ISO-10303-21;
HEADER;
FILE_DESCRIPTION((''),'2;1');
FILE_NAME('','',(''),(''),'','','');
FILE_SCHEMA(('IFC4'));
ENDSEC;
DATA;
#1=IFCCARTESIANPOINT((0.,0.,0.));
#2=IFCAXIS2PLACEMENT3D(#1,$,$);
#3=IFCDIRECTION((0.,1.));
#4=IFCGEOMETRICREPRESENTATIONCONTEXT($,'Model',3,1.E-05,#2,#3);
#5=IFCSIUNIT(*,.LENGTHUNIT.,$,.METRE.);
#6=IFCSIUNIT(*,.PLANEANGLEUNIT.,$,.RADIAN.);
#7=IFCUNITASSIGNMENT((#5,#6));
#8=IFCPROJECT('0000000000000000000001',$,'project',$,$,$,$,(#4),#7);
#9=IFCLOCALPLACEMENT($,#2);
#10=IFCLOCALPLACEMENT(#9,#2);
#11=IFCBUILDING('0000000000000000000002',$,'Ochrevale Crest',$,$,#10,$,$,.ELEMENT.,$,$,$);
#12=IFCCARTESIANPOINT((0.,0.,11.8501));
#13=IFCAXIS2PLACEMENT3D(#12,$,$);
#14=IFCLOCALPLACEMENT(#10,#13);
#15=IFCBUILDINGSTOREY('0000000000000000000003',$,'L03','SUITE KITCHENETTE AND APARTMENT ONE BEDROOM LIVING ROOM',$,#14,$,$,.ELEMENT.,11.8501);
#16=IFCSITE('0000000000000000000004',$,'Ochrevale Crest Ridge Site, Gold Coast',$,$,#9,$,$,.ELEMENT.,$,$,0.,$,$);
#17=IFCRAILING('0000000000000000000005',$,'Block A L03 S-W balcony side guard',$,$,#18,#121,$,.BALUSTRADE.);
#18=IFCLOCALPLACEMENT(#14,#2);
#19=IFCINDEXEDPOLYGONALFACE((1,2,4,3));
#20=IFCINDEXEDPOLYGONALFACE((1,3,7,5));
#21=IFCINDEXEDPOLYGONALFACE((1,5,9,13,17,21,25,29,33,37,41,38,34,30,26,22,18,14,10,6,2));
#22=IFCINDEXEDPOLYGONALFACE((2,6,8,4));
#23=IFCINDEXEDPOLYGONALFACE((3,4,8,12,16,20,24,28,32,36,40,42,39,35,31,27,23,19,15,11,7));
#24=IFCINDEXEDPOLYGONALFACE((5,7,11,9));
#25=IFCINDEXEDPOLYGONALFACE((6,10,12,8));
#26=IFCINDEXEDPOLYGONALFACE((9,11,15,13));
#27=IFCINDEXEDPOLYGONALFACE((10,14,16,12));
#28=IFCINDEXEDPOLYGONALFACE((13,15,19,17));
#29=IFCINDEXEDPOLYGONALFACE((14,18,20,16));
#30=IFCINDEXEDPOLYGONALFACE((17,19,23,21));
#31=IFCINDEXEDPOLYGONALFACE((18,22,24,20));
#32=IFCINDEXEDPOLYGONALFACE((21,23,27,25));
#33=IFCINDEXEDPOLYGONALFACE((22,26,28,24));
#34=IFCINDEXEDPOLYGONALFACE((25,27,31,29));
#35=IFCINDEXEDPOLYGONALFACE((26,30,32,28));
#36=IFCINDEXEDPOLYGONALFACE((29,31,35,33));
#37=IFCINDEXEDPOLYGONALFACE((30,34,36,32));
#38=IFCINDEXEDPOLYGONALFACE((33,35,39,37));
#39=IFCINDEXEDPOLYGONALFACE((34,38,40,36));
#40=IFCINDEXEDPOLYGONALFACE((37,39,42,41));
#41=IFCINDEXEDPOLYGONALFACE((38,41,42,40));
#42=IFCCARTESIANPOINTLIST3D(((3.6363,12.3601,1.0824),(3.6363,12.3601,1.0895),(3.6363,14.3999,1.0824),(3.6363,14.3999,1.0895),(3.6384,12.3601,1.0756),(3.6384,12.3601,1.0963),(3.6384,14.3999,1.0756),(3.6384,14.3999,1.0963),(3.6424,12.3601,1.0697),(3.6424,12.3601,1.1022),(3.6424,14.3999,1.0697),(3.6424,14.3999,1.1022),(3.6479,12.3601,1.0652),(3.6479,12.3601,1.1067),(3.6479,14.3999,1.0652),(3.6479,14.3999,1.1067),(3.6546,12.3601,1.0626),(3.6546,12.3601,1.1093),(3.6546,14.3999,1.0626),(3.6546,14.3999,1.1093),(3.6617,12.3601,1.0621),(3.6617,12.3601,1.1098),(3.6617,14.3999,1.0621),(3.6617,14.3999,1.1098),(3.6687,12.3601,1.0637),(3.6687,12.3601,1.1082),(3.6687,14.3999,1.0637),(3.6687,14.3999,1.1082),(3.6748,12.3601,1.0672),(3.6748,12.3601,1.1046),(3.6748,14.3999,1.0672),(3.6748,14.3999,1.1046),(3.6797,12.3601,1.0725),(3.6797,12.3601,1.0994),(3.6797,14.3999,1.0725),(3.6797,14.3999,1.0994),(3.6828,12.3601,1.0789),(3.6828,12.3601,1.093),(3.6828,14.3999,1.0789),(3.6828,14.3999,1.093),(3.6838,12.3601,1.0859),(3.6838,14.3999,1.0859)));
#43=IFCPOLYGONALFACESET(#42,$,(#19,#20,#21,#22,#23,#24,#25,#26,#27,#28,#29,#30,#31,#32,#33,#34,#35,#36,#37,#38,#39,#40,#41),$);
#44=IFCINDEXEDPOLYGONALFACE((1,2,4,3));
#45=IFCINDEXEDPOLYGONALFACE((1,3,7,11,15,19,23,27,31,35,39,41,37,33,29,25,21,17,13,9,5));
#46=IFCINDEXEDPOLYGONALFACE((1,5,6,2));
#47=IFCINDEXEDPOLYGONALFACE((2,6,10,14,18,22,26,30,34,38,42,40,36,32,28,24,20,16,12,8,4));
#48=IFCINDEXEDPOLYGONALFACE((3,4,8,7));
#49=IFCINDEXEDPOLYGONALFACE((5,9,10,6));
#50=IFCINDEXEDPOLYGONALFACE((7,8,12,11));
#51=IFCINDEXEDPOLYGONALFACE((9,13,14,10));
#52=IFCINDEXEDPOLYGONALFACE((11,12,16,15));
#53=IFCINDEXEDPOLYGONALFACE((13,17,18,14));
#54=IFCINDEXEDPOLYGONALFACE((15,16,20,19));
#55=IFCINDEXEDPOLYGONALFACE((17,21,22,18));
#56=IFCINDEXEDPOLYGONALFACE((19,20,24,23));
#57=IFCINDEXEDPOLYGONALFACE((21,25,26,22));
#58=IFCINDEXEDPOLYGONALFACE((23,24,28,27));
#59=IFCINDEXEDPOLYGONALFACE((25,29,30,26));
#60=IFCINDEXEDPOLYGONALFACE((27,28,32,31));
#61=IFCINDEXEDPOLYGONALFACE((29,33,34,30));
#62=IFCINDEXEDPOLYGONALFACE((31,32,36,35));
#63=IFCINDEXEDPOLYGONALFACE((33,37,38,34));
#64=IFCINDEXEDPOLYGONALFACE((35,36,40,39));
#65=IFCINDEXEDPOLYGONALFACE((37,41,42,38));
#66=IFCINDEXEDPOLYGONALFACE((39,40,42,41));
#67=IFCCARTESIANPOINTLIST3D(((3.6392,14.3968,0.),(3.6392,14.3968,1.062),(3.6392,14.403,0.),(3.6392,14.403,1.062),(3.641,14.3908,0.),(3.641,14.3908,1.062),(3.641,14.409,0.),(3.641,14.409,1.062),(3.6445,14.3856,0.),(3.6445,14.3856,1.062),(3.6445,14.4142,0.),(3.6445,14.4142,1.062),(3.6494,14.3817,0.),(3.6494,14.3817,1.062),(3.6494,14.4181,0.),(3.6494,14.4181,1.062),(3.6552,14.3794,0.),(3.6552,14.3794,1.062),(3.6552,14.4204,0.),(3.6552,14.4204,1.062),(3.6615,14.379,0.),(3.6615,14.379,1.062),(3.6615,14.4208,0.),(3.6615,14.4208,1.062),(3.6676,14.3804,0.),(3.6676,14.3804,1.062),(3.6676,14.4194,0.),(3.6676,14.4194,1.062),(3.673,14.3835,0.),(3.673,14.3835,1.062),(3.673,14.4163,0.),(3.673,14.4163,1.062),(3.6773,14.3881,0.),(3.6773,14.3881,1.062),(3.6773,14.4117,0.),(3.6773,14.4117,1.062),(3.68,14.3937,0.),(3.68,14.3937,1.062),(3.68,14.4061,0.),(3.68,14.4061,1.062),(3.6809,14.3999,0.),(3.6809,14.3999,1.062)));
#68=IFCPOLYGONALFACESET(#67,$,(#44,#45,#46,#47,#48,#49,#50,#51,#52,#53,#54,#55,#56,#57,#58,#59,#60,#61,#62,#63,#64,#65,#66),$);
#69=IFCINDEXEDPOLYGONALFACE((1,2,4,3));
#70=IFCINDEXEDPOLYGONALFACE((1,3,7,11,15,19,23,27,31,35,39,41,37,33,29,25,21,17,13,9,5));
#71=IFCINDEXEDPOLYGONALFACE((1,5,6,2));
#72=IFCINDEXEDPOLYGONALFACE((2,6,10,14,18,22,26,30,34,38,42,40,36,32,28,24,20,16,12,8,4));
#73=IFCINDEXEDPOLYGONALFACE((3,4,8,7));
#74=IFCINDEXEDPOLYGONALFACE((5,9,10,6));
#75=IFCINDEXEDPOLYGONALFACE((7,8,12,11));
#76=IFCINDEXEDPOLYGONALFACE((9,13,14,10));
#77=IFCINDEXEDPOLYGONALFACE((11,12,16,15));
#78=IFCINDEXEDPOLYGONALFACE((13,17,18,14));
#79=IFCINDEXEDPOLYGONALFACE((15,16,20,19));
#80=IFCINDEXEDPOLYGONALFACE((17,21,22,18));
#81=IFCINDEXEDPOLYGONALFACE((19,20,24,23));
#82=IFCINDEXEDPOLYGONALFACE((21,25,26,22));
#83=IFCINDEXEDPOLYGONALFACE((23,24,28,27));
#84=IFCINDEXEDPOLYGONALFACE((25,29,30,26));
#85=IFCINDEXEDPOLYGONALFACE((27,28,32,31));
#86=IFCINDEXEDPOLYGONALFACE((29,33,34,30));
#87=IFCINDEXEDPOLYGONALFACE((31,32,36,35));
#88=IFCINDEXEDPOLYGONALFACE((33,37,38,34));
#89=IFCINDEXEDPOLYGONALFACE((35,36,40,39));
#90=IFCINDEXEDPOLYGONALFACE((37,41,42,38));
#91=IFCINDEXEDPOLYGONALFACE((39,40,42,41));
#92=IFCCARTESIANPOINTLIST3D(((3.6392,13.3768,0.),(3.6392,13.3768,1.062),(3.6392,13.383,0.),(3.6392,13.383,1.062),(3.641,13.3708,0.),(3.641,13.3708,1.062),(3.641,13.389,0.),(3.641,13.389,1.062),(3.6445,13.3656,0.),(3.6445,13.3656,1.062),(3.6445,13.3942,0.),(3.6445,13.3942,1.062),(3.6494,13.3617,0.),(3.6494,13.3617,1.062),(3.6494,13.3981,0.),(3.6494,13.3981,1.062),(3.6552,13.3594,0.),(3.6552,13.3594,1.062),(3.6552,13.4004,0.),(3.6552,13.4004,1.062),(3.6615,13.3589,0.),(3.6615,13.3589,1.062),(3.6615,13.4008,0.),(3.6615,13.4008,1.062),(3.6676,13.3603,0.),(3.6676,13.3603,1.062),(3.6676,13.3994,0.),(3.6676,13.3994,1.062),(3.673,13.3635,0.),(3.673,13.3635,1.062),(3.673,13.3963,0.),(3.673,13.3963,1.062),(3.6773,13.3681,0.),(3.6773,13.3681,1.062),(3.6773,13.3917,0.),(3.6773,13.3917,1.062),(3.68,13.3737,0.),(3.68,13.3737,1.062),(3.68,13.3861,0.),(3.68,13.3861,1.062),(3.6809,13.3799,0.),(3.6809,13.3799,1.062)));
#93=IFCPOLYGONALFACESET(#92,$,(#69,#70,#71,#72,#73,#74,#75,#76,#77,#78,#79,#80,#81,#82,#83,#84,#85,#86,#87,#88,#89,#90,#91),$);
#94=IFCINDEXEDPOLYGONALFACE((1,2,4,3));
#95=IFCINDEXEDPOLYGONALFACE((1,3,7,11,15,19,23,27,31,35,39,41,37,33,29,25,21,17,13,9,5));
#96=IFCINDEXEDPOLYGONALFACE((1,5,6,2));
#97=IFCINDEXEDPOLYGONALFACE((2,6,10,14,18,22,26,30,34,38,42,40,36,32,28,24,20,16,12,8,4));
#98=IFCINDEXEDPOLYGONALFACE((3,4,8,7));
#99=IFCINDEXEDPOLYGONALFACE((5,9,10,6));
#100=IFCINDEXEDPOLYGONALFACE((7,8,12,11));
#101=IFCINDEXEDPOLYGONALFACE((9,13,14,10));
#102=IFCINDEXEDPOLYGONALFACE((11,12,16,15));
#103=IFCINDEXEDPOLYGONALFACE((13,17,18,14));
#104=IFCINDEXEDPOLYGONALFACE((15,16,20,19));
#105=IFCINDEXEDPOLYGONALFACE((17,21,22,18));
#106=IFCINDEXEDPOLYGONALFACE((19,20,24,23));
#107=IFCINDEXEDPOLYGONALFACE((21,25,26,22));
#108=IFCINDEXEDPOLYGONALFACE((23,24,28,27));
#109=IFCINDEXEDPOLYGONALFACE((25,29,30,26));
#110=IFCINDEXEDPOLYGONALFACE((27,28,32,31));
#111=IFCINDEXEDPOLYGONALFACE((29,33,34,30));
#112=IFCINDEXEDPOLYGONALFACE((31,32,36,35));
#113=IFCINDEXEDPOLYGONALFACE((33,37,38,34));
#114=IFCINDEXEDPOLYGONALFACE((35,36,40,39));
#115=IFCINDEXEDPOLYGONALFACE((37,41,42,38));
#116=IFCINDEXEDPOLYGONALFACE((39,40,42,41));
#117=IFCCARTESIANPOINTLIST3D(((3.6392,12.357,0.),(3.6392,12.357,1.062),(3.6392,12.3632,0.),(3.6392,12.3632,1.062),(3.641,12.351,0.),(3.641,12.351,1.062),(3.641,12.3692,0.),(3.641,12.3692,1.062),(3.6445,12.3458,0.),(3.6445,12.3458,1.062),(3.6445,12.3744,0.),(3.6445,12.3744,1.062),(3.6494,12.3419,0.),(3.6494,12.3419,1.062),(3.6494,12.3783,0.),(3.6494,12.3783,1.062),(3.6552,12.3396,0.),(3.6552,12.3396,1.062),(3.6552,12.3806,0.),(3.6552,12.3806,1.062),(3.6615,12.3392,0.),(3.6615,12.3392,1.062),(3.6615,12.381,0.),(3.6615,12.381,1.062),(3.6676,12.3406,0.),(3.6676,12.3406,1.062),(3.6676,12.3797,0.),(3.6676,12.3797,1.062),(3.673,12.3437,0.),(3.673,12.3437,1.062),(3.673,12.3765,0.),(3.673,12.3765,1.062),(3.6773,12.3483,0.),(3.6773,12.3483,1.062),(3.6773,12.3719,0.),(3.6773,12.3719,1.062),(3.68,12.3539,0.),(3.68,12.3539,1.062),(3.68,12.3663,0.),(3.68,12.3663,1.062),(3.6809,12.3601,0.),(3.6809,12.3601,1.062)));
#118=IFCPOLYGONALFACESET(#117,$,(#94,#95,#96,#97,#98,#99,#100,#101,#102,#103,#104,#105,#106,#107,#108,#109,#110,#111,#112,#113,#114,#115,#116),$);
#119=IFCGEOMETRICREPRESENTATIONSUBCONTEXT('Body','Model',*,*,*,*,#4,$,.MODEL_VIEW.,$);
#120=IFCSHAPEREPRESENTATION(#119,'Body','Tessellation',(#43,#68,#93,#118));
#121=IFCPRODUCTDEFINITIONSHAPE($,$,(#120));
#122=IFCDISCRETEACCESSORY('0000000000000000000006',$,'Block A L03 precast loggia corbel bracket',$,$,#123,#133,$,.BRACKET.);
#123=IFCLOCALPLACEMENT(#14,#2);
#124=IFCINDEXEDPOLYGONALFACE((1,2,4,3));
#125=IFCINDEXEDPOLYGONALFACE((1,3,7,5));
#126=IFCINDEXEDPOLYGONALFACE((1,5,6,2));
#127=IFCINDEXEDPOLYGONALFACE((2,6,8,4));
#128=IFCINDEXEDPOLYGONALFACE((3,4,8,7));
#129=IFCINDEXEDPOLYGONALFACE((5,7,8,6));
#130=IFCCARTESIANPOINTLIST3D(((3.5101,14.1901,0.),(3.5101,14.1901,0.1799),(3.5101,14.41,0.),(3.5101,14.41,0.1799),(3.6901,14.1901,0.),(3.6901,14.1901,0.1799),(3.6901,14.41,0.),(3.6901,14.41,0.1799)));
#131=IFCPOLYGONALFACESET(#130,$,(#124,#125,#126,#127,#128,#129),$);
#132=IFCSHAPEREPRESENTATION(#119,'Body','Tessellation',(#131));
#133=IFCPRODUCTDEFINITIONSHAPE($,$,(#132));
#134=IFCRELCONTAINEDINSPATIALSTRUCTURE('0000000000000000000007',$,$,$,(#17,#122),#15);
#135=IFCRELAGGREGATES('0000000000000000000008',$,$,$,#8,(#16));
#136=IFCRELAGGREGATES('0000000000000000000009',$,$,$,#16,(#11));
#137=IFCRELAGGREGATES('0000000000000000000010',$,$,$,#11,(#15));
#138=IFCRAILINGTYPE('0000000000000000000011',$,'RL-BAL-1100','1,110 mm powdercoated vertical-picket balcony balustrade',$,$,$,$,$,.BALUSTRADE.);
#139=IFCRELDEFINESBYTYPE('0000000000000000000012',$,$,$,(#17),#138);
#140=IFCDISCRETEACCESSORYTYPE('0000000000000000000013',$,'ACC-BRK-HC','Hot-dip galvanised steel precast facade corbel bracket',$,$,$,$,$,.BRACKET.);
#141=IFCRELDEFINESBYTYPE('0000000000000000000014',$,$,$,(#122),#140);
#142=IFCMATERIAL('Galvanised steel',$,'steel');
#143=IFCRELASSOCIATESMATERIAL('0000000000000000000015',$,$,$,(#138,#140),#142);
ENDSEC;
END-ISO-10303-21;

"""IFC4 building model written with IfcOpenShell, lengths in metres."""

from ifc_helpers import new_model, si_unit, direction, frame, origin, origin_2d, place, context, subcontext, project, spatial, rectangle, circle, extrude, material, type_object, element, save


model = new_model("IFC4")

# Units and contexts
model_context = context("Model", 3, precision=1e-05, world=origin(), true_north=direction((0.0, 1.0)))
body_context = subcontext(model_context, "Body", "Model", "MODEL_VIEW")
ifc_project = project(units=[si_unit("LENGTHUNIT", "METRE"), si_unit("PLANEANGLEUNIT", "RADIAN")], contexts=[model_context])

# Site, building, storey
site_placement = place(None, origin())
site = spatial("IfcSite", under=ifc_project, at=site_placement, Name="Ochrevale Crest Ridge Site, Gold Coast", CompositionType="ELEMENT", RefElevation=0.0)
building_placement = place(site_placement, origin())
building = spatial("IfcBuilding", under=site, at=building_placement, Name="Ochrevale Crest", CompositionType="ELEMENT")
storey_placement = place(building_placement, frame((0.0, 0.0, 11.8501)))
storey = spatial("IfcBuildingStorey", under=building, at=storey_placement, Name="L03", Description="SUITE KITCHENETTE AND APARTMENT ONE BEDROOM LIVING ROOM", CompositionType="ELEMENT", Elevation=11.8501)

# Railing
ifc_material_1 = material(Name="Galvanised steel", Category="steel")
railing_type = type_object("IfcRailingType", Name="RL-BAL-1100", Description="1,110 mm powdercoated vertical-picket balcony balustrade", PredefinedType="BALUSTRADE", material=ifc_material_1)
railing_placement = place(storey_placement, frame((3.6599, 14.3999, 0.0)))
element("IfcRailing", 1, at=railing_placement, inside=storey, type_object=railing_type, Name="Block A L03 S-W balcony side guard", PredefinedType="BALUSTRADE", context=body_context, shape_type="SweptSolid", body=[
    extrude(circle(Radius=0.0239, at=origin_2d()), frame((0.0, 0.0, 1.0859), z_axis=(0.0, -1.0, 0.0), x_axis=(1.0, 0.0, 0.0)), (0.0, 0.0, 1.0), 2.0398),
    extrude(circle(Radius=0.021, at=origin_2d()), origin(), (0.0, 0.0, 1.0), 1.062),
    extrude(circle(Radius=0.021, at=origin_2d()), frame((0.0, -1.02, 0.0)), (0.0, 0.0, 1.0), 1.062),
    extrude(circle(Radius=0.021, at=origin_2d()), frame((0.0, -2.0398, 0.0)), (0.0, 0.0, 1.0), 1.062),
])

# Discrete accessory
discrete_accessory_type = type_object("IfcDiscreteAccessoryType", Name="ACC-BRK-HC", Description="Hot-dip galvanised steel precast facade corbel bracket", PredefinedType="BRACKET", material=ifc_material_1)
discrete_accessory_placement = place(storey_placement, frame((3.6001, 14.3, 0.0), z_axis=(0.0, 0.0, 1.0), x_axis=(1.0, 0.0, 0.0)))
element("IfcDiscreteAccessory", 2, at=discrete_accessory_placement, inside=storey, type_object=discrete_accessory_type, Name="Block A L03 precast loggia corbel bracket", PredefinedType="BRACKET", context=body_context, shape_type="SweptSolid", body=[
    extrude(rectangle(XDim=0.1799, YDim=0.22, at=origin_2d()), origin(), (0.0, 0.0, 1.0), 0.1799),
])

save(model, "model.ifc")
